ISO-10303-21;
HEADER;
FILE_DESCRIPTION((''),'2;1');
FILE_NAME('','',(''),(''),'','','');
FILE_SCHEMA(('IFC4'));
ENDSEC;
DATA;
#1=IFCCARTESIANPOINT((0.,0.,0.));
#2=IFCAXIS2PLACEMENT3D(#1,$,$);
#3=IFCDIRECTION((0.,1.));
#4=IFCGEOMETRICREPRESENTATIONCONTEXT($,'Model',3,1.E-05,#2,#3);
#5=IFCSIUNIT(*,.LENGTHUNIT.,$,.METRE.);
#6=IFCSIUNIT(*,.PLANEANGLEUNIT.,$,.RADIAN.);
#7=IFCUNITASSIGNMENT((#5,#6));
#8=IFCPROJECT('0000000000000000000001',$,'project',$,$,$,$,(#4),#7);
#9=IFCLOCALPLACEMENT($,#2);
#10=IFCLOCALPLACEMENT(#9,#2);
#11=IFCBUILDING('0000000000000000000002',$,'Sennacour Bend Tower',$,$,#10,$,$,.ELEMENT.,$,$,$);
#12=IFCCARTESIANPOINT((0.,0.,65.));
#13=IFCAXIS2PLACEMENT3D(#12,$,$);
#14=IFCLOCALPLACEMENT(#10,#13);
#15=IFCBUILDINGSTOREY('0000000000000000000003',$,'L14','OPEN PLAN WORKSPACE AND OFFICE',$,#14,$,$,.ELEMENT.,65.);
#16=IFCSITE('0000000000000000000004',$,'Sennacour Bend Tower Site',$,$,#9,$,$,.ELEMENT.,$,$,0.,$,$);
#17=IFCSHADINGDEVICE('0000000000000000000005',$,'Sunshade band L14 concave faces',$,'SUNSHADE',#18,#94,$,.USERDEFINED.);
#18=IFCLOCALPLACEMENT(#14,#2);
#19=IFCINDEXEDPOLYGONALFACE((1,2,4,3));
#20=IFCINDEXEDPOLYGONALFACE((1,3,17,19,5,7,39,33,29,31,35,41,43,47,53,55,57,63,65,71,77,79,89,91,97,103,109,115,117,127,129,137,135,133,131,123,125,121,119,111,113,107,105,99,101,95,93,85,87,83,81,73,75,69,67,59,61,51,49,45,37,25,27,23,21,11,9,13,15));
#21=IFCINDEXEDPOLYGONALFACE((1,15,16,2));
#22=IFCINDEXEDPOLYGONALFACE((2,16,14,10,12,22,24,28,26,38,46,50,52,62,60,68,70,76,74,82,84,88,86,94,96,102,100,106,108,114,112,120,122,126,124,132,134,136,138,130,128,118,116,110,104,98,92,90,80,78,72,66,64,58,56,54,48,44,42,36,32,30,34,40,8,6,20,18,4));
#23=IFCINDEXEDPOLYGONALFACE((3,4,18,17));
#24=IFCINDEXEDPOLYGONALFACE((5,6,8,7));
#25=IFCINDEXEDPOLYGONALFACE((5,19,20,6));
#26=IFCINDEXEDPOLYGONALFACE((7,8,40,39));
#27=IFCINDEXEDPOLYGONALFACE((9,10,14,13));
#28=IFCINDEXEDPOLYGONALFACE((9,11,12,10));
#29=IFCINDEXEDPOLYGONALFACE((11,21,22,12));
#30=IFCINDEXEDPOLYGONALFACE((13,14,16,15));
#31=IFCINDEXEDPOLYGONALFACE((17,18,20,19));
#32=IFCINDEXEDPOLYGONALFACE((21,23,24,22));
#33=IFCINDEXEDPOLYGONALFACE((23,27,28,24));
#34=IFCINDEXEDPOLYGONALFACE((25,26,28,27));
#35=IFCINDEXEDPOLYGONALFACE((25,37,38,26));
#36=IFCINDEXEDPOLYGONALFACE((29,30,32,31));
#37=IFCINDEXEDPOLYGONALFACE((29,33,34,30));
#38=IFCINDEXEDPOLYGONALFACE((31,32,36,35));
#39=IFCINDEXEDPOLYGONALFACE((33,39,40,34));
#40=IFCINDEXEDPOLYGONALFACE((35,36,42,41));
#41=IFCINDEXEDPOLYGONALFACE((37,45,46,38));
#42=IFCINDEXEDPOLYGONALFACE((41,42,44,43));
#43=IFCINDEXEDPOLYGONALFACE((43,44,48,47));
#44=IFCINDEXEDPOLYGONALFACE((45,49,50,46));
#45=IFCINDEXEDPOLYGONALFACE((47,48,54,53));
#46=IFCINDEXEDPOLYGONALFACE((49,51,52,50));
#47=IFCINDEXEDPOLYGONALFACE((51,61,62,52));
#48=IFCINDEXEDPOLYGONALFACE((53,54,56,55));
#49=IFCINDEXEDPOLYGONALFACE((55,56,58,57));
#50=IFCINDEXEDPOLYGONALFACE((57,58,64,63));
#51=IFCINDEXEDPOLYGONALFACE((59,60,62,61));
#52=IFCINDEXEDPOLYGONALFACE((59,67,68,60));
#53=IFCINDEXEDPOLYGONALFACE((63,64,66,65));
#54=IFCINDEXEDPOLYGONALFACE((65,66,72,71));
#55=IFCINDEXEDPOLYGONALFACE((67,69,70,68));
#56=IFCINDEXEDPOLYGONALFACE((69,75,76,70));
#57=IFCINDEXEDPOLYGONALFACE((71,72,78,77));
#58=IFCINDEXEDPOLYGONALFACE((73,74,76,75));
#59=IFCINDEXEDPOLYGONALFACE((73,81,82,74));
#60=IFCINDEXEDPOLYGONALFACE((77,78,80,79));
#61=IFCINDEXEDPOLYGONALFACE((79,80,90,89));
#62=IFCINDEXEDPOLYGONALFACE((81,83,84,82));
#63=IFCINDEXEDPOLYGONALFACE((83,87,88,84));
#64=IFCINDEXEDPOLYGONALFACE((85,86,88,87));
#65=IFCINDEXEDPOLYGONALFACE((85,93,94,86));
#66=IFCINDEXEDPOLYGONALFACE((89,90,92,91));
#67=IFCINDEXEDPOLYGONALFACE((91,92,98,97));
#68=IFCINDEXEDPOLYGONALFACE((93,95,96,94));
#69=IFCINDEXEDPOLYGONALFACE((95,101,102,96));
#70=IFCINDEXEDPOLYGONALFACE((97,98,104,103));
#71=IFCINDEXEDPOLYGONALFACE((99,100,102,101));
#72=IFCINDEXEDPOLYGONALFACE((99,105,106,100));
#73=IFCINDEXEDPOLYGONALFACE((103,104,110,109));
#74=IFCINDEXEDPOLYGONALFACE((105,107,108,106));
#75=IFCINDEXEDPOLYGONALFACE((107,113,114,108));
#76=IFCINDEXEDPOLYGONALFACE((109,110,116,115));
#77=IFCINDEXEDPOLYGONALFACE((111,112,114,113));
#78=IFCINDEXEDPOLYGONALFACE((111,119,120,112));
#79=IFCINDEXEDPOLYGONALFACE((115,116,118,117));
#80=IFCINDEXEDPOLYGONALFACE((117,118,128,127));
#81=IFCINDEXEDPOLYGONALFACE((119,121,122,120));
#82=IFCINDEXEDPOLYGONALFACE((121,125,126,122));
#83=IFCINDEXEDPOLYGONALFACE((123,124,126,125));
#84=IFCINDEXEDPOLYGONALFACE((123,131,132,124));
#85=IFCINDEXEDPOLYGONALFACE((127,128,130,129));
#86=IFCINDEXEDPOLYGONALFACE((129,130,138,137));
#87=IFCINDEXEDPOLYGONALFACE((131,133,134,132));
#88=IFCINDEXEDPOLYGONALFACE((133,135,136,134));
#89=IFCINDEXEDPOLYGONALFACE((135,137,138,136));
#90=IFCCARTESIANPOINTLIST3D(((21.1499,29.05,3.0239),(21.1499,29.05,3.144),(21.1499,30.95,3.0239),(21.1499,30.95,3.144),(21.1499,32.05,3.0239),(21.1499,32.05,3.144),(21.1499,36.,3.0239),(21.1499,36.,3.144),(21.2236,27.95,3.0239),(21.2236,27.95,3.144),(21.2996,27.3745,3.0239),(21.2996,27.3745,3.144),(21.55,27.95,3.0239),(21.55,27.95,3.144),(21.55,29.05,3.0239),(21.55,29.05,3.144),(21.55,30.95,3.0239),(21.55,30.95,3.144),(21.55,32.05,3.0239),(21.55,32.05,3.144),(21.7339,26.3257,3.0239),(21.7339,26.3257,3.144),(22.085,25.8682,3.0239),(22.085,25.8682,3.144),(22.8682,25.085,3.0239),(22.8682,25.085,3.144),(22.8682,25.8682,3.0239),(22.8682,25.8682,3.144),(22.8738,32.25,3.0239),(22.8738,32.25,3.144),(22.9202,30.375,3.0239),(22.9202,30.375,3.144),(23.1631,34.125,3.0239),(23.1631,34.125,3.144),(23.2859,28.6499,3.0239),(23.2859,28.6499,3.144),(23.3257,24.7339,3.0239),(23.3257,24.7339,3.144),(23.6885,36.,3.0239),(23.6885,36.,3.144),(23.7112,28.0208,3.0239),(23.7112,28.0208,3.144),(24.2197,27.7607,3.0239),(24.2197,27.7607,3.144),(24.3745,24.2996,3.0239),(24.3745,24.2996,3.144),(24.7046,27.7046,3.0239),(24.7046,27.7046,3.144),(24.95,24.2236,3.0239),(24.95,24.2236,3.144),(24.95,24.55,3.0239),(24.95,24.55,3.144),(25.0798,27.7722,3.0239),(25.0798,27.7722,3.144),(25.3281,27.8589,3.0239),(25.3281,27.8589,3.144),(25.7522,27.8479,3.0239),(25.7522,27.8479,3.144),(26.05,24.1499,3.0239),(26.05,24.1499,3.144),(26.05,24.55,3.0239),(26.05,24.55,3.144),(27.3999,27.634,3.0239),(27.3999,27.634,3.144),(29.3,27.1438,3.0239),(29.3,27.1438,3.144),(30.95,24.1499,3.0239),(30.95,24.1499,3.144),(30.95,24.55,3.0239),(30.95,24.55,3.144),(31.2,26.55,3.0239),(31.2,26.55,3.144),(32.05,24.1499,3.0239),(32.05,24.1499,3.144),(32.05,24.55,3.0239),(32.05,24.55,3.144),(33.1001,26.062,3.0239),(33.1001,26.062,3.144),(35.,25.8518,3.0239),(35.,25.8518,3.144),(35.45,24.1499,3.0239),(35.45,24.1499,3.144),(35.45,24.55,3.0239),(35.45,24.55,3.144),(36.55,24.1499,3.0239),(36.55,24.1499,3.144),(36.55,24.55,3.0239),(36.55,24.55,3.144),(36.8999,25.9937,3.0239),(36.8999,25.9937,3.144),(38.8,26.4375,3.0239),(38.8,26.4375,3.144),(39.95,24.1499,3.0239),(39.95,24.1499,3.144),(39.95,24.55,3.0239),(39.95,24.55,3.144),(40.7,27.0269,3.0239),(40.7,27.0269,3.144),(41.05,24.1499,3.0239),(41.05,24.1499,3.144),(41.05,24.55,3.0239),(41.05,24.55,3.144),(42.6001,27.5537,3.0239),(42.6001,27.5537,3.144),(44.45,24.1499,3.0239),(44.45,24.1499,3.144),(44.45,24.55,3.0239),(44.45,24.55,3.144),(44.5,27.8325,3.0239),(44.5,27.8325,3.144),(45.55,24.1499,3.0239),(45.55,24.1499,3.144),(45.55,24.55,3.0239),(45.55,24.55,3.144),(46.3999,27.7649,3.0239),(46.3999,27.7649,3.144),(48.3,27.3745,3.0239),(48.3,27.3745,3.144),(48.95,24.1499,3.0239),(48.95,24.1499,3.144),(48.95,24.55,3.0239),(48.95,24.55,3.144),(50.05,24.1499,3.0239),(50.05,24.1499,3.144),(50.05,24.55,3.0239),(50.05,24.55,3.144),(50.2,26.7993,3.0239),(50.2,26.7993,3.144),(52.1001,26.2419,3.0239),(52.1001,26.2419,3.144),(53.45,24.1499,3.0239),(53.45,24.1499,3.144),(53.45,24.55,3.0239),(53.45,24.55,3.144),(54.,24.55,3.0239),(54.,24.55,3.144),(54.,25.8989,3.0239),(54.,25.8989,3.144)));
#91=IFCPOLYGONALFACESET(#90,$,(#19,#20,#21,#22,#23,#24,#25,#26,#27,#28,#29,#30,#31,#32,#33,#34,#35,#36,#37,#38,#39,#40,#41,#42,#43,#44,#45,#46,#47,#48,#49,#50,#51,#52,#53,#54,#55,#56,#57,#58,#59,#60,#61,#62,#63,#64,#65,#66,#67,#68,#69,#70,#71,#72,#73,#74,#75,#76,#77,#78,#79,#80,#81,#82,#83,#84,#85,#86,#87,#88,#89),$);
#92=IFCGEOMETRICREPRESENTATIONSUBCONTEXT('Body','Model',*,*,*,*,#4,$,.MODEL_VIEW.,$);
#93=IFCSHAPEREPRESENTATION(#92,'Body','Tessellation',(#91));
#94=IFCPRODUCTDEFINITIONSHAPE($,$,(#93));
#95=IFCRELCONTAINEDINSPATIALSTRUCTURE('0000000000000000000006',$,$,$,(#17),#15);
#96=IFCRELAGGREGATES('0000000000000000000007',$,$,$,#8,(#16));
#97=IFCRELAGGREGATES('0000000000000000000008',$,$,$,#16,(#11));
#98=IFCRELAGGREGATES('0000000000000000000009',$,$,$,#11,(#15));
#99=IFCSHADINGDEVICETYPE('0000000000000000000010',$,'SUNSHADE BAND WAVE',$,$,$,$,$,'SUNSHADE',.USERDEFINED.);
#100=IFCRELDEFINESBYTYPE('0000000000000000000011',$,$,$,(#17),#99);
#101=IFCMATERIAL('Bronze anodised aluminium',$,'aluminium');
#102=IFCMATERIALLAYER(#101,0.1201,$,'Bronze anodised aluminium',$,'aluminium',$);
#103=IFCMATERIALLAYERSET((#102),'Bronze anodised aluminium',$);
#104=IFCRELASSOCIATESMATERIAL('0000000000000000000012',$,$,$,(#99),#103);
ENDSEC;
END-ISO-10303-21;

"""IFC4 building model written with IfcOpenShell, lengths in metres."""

from ifc_helpers import new_model, si_unit, direction, frame, origin, place, context, subcontext, project, spatial, polyline, outline, extrude, material, layer, layer_set, type_object, element, save


model = new_model("IFC4")

# Units and contexts
model_context = context("Model", 3, precision=1e-05, world=origin(), true_north=direction((0.0, 1.0)))
body_context = subcontext(model_context, "Body", "Model", "MODEL_VIEW")
ifc_project = project(units=[si_unit("LENGTHUNIT", "METRE"), si_unit("PLANEANGLEUNIT", "RADIAN")], contexts=[model_context])

# Site, building, storey
site_placement = place(None, origin())
site = spatial("IfcSite", under=ifc_project, at=site_placement, Name="Sennacour Bend Tower Site", CompositionType="ELEMENT", RefElevation=0.0)
building_placement = place(site_placement, origin())
building = spatial("IfcBuilding", under=site, at=building_placement, Name="Sennacour Bend Tower", CompositionType="ELEMENT")
storey_placement = place(building_placement, frame((0.0, 0.0, 65.0)))
storey = spatial("IfcBuildingStorey", under=building, at=storey_placement, Name="L14", Description="OPEN PLAN WORKSPACE AND OFFICE", CompositionType="ELEMENT", Elevation=65.0)

# Shading device
ifc_material_1 = material(Name="Bronze anodised aluminium", Category="aluminium")
ifc_layer_1 = layer(ifc_material_1, 0.1201, Name="Bronze anodised aluminium", Category="aluminium")
ifc_layer_set_1 = layer_set([ifc_layer_1], Name="Bronze anodised aluminium")
shading_device_type_1 = type_object("IfcShadingDeviceType", Name="SUNSHADE BAND WAVE", ElementType="SUNSHADE", PredefinedType="USERDEFINED", material=ifc_layer_set_1)
shading_device_1_placement = place(storey_placement, frame((0.0, 0.0, 3.0239)))
element("IfcShadingDevice", 1, at=shading_device_1_placement, inside=storey, type_object=shading_device_type_1, Name="Sunshade band L14 concave faces", ObjectType="SUNSHADE", PredefinedType="USERDEFINED", context=body_context, shape_type="SweptSolid", body=[
    extrude(outline(polyline([(53.45, 24.1499), (50.05, 24.1499), (50.05, 24.55), (48.95, 24.55), (48.95, 24.1499), (45.55, 24.1499), (45.55, 24.55), (44.45, 24.55), (44.45, 24.1499), (41.05, 24.1499), (41.05, 24.55), (39.95, 24.55), (39.95, 24.1499), (36.55, 24.1499), (36.55, 24.55), (35.45, 24.55), (35.45, 24.1499), (32.05, 24.1499), (32.05, 24.55), (30.95, 24.55), (30.95, 24.1499), (26.05, 24.1499), (26.05, 24.55), (24.95, 24.55), (24.95, 24.2236), (24.3745, 24.2996), (23.3257, 24.7339), (22.8682, 25.085), (22.8682, 25.8682), (22.085, 25.8682), (21.7339, 26.3257), (21.2996, 27.3745), (21.2236, 27.95), (21.55, 27.95), (21.55, 29.05), (21.1499, 29.05), (21.1499, 30.95), (21.55, 30.95), (21.55, 32.05), (21.1499, 32.05), (21.1499, 36.0), (23.6885, 36.0), (23.1631, 34.125), (22.8738, 32.25), (22.9202, 30.375), (23.2859, 28.6499), (23.7112, 28.0208), (24.2197, 27.7607), (24.7046, 27.7046), (25.0798, 27.7722), (25.3281, 27.8589), (25.7522, 27.8479), (27.3999, 27.634), (29.3, 27.1438), (31.2, 26.55), (33.1001, 26.062), (35.0, 25.8518), (36.8999, 25.9937), (38.8, 26.4375), (40.7, 27.0269), (42.6001, 27.5537), (44.5, 27.8325), (46.3999, 27.7649), (48.3, 27.3745), (50.2, 26.7993), (52.1001, 26.2419), (54.0, 25.8989), (54.0, 24.55), (53.45, 24.55), (53.45, 24.1499)])), origin(), (0.0, 0.0, 1.0), 0.1201),
])

save(model, "model.ifc")
